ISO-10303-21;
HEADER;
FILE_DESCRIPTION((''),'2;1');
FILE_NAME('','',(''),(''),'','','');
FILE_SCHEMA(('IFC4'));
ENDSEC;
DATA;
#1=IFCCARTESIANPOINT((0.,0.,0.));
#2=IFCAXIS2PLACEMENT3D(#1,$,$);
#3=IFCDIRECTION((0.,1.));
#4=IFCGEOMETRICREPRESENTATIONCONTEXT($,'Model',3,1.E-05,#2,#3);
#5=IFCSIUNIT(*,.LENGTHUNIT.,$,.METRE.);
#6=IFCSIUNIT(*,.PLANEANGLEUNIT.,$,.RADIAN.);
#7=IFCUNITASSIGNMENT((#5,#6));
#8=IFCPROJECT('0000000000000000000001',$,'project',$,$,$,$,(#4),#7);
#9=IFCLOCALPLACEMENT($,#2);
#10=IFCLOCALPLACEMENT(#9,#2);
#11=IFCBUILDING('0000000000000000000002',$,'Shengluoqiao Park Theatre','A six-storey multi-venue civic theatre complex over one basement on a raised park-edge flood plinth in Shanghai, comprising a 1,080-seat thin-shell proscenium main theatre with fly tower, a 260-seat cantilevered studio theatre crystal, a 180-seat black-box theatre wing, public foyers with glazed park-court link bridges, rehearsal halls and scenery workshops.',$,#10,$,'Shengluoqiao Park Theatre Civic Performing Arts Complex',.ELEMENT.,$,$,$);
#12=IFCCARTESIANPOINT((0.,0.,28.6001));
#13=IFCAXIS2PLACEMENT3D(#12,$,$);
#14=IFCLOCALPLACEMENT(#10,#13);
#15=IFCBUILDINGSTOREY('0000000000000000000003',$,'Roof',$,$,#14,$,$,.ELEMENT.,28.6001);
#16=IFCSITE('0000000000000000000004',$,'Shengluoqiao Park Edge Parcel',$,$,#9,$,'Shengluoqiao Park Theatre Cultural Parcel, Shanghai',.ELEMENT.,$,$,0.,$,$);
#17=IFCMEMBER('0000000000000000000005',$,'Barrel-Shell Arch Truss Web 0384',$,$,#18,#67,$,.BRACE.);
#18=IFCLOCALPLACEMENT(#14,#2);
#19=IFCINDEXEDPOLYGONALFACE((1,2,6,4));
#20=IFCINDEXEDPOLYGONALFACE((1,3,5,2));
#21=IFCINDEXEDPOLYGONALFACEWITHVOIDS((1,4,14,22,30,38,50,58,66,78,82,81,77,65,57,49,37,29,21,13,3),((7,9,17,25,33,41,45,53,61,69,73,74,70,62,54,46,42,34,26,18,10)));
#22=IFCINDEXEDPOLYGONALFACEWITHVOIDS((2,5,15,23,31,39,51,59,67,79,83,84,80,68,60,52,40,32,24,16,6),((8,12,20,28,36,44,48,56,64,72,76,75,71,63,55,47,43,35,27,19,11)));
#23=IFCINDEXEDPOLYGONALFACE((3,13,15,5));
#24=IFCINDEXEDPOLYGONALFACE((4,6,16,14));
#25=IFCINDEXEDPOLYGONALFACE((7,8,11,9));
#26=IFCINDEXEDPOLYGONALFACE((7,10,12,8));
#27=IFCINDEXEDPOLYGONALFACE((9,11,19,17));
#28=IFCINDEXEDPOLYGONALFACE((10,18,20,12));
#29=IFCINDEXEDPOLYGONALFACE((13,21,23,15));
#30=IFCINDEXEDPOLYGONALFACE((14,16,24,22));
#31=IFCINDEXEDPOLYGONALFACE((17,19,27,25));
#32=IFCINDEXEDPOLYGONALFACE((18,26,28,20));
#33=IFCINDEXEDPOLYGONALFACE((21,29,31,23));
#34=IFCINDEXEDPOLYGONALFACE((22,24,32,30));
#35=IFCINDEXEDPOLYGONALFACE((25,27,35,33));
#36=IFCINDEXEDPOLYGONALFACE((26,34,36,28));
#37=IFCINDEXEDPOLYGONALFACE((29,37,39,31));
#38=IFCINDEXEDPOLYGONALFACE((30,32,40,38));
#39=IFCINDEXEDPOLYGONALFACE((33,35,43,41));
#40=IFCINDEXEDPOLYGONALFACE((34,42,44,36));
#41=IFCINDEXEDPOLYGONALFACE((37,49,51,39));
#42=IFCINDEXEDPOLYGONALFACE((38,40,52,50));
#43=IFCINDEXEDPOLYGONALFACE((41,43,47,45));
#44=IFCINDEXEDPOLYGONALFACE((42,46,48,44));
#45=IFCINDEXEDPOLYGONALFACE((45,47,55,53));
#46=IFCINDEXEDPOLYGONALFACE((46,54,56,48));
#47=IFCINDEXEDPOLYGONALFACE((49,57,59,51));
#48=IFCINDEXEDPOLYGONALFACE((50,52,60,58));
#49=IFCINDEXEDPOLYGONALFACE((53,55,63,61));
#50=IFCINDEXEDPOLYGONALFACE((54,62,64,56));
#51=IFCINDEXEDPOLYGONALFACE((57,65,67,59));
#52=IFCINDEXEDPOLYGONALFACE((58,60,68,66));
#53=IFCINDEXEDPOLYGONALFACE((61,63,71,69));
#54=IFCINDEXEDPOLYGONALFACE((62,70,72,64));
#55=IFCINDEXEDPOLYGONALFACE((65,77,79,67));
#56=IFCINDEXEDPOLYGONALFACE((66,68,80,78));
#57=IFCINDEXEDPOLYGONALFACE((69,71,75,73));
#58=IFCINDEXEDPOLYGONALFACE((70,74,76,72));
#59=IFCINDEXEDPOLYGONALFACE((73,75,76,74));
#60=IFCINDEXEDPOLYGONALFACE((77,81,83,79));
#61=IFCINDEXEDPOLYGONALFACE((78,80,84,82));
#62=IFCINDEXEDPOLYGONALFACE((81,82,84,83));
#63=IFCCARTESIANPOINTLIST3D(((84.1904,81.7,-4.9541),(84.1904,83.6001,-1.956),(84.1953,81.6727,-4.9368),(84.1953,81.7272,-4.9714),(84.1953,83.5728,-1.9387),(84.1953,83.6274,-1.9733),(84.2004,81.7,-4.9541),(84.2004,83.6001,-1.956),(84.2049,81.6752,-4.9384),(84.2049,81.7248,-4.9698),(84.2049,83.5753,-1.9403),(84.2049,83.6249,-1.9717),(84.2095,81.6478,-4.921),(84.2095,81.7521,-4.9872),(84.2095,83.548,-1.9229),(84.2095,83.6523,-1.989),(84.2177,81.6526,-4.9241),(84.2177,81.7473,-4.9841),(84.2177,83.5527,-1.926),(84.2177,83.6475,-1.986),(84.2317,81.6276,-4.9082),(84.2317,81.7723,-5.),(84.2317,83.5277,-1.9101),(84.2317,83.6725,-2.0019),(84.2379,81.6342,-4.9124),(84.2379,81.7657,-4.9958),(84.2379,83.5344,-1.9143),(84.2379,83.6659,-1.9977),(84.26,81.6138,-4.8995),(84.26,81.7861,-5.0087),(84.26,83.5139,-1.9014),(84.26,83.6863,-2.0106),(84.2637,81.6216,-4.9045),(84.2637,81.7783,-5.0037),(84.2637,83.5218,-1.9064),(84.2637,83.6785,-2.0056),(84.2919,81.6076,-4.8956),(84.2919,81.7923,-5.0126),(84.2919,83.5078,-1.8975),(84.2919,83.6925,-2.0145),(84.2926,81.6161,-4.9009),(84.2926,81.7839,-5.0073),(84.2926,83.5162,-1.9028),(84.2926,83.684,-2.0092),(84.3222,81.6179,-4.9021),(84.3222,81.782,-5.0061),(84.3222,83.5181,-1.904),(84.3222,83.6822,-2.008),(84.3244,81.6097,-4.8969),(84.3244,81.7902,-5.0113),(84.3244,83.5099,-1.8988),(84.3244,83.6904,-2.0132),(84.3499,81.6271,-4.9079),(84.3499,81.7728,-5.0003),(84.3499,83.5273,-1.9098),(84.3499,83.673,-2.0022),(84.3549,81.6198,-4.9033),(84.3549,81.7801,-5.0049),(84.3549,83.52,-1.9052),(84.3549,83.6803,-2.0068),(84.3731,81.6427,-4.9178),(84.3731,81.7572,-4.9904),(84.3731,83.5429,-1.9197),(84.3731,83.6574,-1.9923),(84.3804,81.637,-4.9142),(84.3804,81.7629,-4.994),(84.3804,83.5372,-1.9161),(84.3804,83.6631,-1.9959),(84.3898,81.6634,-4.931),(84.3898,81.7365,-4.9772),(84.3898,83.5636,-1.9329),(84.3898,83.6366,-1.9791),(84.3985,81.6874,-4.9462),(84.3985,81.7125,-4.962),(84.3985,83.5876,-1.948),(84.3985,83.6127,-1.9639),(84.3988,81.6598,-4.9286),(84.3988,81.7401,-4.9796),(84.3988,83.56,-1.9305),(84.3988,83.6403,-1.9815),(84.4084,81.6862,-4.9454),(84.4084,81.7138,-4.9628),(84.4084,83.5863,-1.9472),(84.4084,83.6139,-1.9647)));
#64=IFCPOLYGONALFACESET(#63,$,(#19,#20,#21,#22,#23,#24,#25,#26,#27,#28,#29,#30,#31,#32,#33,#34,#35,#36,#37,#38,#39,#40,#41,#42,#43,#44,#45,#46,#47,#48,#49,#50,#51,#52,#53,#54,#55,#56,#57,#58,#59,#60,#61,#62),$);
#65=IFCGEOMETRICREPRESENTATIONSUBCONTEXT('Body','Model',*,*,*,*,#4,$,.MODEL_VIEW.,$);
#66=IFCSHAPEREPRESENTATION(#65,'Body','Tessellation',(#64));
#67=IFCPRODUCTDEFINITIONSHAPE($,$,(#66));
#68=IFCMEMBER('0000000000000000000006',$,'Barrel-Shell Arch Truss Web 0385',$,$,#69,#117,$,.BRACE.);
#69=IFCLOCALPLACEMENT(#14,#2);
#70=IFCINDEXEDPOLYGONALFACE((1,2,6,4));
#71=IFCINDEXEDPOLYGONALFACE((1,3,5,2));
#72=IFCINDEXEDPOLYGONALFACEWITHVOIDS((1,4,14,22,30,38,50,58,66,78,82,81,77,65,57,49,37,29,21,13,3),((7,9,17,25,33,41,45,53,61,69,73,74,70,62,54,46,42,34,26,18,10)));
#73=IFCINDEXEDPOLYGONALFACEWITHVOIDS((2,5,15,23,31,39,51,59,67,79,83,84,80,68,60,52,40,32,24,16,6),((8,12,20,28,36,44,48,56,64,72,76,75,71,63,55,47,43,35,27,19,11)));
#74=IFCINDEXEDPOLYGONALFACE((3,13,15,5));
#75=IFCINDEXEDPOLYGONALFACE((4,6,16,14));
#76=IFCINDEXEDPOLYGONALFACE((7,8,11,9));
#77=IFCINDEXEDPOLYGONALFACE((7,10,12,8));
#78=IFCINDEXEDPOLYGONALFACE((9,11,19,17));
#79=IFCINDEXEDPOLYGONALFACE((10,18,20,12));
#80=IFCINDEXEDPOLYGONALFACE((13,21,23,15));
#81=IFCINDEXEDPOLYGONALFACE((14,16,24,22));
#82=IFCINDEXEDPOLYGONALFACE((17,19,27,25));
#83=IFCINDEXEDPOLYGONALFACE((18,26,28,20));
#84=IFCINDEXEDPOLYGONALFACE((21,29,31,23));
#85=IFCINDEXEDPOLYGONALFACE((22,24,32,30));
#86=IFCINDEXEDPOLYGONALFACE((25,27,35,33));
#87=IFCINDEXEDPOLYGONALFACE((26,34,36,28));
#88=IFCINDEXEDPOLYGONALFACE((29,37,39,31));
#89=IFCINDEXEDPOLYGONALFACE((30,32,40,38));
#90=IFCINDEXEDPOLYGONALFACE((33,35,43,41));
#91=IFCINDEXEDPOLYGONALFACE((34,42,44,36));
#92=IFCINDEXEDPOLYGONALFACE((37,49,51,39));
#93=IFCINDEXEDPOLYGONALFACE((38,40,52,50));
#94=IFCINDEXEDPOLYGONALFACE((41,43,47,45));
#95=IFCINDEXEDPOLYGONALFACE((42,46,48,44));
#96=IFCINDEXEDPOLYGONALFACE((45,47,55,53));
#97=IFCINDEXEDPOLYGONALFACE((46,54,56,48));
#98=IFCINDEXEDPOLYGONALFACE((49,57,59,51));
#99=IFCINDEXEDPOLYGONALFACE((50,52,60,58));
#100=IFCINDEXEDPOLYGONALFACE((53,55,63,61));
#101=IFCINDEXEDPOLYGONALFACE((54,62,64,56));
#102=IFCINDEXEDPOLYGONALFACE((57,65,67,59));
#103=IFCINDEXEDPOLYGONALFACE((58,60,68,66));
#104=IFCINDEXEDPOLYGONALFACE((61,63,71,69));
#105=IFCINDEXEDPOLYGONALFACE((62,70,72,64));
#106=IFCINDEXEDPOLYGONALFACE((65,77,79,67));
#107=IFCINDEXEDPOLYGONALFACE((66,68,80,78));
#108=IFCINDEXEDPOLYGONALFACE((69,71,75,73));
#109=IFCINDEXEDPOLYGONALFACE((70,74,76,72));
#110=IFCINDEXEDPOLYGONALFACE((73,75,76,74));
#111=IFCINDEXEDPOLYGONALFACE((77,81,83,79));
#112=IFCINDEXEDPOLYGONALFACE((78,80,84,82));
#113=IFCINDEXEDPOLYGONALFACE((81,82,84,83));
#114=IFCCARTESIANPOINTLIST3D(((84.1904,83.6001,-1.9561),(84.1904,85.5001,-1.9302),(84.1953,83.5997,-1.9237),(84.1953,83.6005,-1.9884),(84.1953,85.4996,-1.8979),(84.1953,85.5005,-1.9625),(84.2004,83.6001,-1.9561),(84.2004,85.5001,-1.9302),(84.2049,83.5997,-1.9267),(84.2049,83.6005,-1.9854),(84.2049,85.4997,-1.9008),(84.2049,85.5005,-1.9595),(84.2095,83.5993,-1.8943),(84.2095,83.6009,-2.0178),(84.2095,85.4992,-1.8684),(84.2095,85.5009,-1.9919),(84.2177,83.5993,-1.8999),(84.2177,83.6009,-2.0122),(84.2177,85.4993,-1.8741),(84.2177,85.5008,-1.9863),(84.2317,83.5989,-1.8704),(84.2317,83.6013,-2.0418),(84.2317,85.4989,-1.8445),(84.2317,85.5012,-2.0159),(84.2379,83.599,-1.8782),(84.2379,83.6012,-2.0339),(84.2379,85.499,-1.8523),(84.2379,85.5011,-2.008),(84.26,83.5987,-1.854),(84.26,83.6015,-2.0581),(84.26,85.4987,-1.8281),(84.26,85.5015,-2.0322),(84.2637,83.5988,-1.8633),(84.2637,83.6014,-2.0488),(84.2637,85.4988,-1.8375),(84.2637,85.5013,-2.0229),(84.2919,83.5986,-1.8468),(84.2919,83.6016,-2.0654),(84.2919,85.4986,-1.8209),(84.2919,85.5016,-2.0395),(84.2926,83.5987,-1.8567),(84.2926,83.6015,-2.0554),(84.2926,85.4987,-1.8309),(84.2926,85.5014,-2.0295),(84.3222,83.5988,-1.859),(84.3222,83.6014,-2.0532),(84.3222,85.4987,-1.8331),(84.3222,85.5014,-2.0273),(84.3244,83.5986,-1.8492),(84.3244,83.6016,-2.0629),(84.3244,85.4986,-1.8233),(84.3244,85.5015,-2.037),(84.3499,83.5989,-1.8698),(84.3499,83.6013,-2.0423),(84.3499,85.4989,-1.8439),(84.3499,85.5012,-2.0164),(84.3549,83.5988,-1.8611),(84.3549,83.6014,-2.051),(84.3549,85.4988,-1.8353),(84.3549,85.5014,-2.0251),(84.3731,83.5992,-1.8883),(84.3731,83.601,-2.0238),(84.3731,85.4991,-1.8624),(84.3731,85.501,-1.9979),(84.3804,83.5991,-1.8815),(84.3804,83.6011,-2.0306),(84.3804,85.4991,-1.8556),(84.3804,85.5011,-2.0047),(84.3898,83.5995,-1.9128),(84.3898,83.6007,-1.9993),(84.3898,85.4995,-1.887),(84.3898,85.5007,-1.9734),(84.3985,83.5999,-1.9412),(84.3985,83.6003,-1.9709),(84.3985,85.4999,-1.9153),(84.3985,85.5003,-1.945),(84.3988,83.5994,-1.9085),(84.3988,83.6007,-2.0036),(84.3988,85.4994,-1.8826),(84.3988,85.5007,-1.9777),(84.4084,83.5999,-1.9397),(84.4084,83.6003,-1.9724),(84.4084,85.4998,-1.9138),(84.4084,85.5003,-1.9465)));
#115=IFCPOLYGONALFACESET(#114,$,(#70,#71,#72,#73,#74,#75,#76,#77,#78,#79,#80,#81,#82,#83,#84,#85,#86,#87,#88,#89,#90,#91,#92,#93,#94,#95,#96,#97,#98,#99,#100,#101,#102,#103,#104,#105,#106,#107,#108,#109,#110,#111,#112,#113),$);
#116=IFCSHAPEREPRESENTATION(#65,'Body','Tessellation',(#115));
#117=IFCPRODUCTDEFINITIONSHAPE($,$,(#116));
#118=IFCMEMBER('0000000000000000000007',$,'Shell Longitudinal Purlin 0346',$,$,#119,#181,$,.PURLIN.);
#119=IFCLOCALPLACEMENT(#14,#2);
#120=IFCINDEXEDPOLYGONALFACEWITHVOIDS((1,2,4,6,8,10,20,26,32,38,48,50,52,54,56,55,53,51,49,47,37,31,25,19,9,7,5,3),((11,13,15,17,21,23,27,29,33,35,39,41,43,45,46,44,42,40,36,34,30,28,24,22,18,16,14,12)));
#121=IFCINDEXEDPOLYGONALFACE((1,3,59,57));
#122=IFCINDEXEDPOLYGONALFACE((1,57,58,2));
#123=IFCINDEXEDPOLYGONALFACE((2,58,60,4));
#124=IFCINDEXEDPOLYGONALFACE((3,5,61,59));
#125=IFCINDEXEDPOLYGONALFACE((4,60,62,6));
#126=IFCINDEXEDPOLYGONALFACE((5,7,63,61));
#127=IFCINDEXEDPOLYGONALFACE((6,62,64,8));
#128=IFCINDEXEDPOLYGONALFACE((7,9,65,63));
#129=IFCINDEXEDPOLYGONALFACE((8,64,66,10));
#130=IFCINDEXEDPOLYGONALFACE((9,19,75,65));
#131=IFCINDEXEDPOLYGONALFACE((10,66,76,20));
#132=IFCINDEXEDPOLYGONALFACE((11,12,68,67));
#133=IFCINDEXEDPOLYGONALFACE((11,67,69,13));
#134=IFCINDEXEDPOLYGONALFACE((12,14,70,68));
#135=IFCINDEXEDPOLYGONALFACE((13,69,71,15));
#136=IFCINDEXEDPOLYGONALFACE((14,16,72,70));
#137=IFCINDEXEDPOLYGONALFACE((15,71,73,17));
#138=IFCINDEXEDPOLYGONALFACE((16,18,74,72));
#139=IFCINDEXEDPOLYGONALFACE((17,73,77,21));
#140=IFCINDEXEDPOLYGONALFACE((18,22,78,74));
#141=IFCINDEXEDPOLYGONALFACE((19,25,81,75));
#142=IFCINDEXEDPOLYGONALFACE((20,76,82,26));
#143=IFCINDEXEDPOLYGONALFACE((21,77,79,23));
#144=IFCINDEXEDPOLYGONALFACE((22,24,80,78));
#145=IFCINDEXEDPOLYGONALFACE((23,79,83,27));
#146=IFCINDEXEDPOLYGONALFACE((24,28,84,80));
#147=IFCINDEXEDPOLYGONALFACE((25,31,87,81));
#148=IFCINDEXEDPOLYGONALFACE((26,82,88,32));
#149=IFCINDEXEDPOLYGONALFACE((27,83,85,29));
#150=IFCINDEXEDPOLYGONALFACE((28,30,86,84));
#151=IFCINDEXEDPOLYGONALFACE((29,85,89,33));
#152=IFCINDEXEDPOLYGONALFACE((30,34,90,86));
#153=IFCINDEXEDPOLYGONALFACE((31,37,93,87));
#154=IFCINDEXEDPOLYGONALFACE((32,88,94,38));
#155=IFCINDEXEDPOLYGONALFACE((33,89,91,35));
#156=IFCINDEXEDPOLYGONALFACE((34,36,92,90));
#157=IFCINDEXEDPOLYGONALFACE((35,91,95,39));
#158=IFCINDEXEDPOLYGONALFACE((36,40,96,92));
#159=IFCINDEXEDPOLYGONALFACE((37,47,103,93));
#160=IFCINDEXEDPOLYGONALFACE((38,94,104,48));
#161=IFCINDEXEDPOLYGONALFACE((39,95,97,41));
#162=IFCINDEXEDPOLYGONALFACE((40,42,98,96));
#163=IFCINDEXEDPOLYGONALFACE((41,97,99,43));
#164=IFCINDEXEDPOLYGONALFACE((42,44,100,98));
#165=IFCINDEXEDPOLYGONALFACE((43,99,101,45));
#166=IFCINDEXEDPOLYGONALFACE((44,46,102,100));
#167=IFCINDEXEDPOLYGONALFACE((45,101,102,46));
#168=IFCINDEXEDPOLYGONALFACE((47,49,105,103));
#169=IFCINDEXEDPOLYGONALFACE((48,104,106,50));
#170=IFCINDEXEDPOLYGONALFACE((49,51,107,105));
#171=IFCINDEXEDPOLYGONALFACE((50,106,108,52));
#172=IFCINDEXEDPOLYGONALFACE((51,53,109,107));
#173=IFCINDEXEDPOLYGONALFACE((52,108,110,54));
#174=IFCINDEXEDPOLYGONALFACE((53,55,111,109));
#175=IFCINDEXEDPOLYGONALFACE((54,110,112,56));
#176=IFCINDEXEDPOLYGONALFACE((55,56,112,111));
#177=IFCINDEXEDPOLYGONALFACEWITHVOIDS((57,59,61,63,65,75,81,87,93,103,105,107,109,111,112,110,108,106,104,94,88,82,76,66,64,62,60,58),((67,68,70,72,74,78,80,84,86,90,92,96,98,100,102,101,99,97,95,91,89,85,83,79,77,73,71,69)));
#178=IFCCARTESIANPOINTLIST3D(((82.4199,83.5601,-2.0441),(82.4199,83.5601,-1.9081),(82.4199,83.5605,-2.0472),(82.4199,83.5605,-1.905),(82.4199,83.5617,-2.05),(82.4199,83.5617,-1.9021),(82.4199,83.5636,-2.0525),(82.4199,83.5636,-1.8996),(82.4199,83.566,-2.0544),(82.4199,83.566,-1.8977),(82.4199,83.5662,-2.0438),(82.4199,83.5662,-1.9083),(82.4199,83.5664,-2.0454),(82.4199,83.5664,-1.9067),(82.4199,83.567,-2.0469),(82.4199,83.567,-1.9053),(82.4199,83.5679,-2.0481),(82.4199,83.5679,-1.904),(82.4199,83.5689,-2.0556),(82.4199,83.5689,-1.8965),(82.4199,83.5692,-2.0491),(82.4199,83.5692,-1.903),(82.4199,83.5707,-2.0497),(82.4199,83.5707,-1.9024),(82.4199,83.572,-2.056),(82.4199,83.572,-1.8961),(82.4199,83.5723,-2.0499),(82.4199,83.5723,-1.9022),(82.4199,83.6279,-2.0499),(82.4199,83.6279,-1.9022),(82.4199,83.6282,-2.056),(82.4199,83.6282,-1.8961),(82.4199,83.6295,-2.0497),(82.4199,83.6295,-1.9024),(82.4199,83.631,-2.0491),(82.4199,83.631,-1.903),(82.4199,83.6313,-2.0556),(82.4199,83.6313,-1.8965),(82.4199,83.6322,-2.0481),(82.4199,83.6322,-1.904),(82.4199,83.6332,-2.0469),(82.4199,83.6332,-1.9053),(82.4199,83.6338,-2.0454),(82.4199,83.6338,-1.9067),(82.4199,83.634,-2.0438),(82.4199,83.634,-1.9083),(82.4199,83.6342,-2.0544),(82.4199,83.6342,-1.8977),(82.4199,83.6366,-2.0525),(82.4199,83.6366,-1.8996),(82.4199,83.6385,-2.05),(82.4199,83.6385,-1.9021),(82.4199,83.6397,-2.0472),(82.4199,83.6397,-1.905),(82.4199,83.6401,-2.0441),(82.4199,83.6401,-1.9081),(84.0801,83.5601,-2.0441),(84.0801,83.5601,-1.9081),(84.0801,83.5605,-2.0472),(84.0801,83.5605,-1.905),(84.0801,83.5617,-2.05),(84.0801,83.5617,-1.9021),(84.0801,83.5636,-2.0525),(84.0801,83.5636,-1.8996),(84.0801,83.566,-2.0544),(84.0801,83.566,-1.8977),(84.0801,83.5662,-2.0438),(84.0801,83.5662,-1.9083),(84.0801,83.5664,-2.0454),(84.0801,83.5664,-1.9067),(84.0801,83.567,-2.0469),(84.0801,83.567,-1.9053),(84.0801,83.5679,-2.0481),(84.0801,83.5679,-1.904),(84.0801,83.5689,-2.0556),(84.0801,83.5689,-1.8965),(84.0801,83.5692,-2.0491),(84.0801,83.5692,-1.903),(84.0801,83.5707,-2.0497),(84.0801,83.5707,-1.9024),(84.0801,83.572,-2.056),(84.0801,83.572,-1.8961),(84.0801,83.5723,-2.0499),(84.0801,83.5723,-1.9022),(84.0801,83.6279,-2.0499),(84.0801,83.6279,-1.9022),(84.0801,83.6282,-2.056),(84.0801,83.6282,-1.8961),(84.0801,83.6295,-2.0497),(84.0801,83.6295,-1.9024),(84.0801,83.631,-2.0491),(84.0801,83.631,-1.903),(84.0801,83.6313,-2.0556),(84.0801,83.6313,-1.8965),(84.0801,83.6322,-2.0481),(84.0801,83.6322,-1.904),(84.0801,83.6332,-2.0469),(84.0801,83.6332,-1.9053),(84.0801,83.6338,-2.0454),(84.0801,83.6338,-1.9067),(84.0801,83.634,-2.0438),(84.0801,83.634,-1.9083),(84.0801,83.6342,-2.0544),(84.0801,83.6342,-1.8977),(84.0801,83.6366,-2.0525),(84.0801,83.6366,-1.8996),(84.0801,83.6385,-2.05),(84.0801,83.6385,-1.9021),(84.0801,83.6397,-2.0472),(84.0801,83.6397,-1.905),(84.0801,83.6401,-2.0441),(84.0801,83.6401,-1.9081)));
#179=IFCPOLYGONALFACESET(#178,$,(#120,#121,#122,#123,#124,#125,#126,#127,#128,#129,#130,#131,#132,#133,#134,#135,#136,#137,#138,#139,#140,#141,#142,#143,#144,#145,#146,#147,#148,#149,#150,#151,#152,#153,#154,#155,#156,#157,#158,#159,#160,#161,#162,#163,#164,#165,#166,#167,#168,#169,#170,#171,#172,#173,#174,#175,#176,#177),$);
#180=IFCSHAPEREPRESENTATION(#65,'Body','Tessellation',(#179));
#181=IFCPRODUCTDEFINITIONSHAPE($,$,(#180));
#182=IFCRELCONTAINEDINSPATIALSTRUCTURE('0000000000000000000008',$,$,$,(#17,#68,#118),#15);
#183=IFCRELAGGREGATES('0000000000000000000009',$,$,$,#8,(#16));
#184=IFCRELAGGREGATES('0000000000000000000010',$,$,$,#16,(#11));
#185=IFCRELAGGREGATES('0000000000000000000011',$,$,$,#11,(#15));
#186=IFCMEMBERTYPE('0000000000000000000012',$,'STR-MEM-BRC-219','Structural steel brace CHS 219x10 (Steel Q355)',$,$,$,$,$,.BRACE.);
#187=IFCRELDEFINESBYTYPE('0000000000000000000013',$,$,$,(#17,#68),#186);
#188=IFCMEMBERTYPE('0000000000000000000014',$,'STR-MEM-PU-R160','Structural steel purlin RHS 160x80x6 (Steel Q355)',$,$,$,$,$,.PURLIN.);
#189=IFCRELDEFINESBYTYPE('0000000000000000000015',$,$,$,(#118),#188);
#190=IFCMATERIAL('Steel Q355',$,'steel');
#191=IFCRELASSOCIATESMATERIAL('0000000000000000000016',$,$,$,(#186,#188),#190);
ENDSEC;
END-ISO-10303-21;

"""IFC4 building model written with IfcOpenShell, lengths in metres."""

from ifc_helpers import new_model, si_unit, direction, frame, origin, origin_2d, place, context, subcontext, project, spatial, hollow_rectangle, hollow_circle, extrude, material, material_profile, profile_set, type_object, element, save


model = new_model("IFC4")

# Units and contexts
model_context = context("Model", 3, precision=1e-05, world=origin(), true_north=direction((0.0, 1.0)))
body_context = subcontext(model_context, "Body", "Model", "MODEL_VIEW")
ifc_project = project(units=[si_unit("LENGTHUNIT", "METRE"), si_unit("PLANEANGLEUNIT", "RADIAN")], contexts=[model_context])

# Site, building, storey
site_placement = place(None, origin())
site = spatial("IfcSite", under=ifc_project, at=site_placement, Name="Shengluoqiao Park Edge Parcel", LongName="Shengluoqiao Park Theatre Cultural Parcel, Shanghai", CompositionType="ELEMENT", RefElevation=0.0)
building_placement = place(site_placement, origin())
building = spatial("IfcBuilding", under=site, at=building_placement, Name="Shengluoqiao Park Theatre", Description="A six-storey multi-venue civic theatre complex over one basement on a raised park-edge flood plinth in Shanghai, comprising a 1,080-seat thin-shell proscenium main theatre with fly tower, a 260-seat cantilevered studio theatre crystal, a 180-seat black-box theatre wing, public foyers with glazed park-court link bridges, rehearsal halls and scenery workshops.", LongName="Shengluoqiao Park Theatre Civic Performing Arts Complex", CompositionType="ELEMENT")
storey_placement = place(building_placement, frame((0.0, 0.0, 28.6001)))
storey = spatial("IfcBuildingStorey", under=building, at=storey_placement, Name="Roof", CompositionType="ELEMENT", Elevation=28.6001)

# Shared definitions
ifc_material_1 = material(Name="Steel Q355", Category="steel")

# Members
ifc_material_profile_1 = material_profile(ifc_material_1, hollow_circle(Radius=0.1096, WallThickness=0.01, at=origin_2d()), Name="CHS 219x10")
ifc_profile_set_1 = profile_set([ifc_material_profile_1], Name="Steel Q355")
member_type_1 = type_object("IfcMemberType", Name="STR-MEM-BRC-219", Description="Structural steel brace CHS 219x10 (Steel Q355)", PredefinedType="BRACE", material=ifc_profile_set_1)
member_1_placement = place(storey_placement, frame((84.3, 81.7, -4.9541), z_axis=(0.0, 0.53533, 0.844643), x_axis=(-1.0, 0.0, 0.0)))
element("IfcMember", 1, at=member_1_placement, inside=storey, type_object=member_type_1, Name="Barrel-Shell Arch Truss Web 0384", PredefinedType="BRACE", context=body_context, shape_type="SweptSolid", body=[
    extrude(hollow_circle(Radius=0.1096, WallThickness=0.01, at=origin_2d()), origin(), (0.0, 0.0, 1.0), 3.5496),
])
member_2_placement = place(storey_placement, frame((84.3, 83.6001, -1.9561), z_axis=(0.0, 0.999907, 0.01362), x_axis=(-1.0, 0.0, 0.0)))
element("IfcMember", 2, at=member_2_placement, inside=storey, type_object=member_type_1, Name="Barrel-Shell Arch Truss Web 0385", PredefinedType="BRACE", context=body_context, shape_type="SweptSolid", body=[
    extrude(hollow_circle(Radius=0.1096, WallThickness=0.01, at=origin_2d()), origin(), (0.0, 0.0, 1.0), 1.9001),
])
ifc_material_profile_2 = material_profile(ifc_material_1, hollow_rectangle(XDim=0.0801, YDim=0.1599, WallThickness=0.0061, InnerFilletRadius=0.0061, OuterFilletRadius=0.012, at=origin_2d()), Name="RHS 160x80x6")
ifc_profile_set_2 = profile_set([ifc_material_profile_2], Name="Steel Q355")
member_type_2 = type_object("IfcMemberType", Name="STR-MEM-PU-R160", Description="Structural steel purlin RHS 160x80x6 (Steel Q355)", PredefinedType="PURLIN", material=ifc_profile_set_2)
member_3_placement = place(storey_placement, frame((82.4199, 83.6001, -1.9761), z_axis=(1.0, 0.0, 0.0), x_axis=(0.0, 1.0, 0.0)))
element("IfcMember", 3, at=member_3_placement, inside=storey, type_object=member_type_2, Name="Shell Longitudinal Purlin 0346", PredefinedType="PURLIN", context=body_context, shape_type="SweptSolid", body=[
    extrude(hollow_rectangle(XDim=0.0801, YDim=0.1599, WallThickness=0.0061, InnerFilletRadius=0.0061, OuterFilletRadius=0.012, at=origin_2d()), origin(), (0.0, 0.0, 1.0), 1.6602),
])

save(model, "model.ifc")
